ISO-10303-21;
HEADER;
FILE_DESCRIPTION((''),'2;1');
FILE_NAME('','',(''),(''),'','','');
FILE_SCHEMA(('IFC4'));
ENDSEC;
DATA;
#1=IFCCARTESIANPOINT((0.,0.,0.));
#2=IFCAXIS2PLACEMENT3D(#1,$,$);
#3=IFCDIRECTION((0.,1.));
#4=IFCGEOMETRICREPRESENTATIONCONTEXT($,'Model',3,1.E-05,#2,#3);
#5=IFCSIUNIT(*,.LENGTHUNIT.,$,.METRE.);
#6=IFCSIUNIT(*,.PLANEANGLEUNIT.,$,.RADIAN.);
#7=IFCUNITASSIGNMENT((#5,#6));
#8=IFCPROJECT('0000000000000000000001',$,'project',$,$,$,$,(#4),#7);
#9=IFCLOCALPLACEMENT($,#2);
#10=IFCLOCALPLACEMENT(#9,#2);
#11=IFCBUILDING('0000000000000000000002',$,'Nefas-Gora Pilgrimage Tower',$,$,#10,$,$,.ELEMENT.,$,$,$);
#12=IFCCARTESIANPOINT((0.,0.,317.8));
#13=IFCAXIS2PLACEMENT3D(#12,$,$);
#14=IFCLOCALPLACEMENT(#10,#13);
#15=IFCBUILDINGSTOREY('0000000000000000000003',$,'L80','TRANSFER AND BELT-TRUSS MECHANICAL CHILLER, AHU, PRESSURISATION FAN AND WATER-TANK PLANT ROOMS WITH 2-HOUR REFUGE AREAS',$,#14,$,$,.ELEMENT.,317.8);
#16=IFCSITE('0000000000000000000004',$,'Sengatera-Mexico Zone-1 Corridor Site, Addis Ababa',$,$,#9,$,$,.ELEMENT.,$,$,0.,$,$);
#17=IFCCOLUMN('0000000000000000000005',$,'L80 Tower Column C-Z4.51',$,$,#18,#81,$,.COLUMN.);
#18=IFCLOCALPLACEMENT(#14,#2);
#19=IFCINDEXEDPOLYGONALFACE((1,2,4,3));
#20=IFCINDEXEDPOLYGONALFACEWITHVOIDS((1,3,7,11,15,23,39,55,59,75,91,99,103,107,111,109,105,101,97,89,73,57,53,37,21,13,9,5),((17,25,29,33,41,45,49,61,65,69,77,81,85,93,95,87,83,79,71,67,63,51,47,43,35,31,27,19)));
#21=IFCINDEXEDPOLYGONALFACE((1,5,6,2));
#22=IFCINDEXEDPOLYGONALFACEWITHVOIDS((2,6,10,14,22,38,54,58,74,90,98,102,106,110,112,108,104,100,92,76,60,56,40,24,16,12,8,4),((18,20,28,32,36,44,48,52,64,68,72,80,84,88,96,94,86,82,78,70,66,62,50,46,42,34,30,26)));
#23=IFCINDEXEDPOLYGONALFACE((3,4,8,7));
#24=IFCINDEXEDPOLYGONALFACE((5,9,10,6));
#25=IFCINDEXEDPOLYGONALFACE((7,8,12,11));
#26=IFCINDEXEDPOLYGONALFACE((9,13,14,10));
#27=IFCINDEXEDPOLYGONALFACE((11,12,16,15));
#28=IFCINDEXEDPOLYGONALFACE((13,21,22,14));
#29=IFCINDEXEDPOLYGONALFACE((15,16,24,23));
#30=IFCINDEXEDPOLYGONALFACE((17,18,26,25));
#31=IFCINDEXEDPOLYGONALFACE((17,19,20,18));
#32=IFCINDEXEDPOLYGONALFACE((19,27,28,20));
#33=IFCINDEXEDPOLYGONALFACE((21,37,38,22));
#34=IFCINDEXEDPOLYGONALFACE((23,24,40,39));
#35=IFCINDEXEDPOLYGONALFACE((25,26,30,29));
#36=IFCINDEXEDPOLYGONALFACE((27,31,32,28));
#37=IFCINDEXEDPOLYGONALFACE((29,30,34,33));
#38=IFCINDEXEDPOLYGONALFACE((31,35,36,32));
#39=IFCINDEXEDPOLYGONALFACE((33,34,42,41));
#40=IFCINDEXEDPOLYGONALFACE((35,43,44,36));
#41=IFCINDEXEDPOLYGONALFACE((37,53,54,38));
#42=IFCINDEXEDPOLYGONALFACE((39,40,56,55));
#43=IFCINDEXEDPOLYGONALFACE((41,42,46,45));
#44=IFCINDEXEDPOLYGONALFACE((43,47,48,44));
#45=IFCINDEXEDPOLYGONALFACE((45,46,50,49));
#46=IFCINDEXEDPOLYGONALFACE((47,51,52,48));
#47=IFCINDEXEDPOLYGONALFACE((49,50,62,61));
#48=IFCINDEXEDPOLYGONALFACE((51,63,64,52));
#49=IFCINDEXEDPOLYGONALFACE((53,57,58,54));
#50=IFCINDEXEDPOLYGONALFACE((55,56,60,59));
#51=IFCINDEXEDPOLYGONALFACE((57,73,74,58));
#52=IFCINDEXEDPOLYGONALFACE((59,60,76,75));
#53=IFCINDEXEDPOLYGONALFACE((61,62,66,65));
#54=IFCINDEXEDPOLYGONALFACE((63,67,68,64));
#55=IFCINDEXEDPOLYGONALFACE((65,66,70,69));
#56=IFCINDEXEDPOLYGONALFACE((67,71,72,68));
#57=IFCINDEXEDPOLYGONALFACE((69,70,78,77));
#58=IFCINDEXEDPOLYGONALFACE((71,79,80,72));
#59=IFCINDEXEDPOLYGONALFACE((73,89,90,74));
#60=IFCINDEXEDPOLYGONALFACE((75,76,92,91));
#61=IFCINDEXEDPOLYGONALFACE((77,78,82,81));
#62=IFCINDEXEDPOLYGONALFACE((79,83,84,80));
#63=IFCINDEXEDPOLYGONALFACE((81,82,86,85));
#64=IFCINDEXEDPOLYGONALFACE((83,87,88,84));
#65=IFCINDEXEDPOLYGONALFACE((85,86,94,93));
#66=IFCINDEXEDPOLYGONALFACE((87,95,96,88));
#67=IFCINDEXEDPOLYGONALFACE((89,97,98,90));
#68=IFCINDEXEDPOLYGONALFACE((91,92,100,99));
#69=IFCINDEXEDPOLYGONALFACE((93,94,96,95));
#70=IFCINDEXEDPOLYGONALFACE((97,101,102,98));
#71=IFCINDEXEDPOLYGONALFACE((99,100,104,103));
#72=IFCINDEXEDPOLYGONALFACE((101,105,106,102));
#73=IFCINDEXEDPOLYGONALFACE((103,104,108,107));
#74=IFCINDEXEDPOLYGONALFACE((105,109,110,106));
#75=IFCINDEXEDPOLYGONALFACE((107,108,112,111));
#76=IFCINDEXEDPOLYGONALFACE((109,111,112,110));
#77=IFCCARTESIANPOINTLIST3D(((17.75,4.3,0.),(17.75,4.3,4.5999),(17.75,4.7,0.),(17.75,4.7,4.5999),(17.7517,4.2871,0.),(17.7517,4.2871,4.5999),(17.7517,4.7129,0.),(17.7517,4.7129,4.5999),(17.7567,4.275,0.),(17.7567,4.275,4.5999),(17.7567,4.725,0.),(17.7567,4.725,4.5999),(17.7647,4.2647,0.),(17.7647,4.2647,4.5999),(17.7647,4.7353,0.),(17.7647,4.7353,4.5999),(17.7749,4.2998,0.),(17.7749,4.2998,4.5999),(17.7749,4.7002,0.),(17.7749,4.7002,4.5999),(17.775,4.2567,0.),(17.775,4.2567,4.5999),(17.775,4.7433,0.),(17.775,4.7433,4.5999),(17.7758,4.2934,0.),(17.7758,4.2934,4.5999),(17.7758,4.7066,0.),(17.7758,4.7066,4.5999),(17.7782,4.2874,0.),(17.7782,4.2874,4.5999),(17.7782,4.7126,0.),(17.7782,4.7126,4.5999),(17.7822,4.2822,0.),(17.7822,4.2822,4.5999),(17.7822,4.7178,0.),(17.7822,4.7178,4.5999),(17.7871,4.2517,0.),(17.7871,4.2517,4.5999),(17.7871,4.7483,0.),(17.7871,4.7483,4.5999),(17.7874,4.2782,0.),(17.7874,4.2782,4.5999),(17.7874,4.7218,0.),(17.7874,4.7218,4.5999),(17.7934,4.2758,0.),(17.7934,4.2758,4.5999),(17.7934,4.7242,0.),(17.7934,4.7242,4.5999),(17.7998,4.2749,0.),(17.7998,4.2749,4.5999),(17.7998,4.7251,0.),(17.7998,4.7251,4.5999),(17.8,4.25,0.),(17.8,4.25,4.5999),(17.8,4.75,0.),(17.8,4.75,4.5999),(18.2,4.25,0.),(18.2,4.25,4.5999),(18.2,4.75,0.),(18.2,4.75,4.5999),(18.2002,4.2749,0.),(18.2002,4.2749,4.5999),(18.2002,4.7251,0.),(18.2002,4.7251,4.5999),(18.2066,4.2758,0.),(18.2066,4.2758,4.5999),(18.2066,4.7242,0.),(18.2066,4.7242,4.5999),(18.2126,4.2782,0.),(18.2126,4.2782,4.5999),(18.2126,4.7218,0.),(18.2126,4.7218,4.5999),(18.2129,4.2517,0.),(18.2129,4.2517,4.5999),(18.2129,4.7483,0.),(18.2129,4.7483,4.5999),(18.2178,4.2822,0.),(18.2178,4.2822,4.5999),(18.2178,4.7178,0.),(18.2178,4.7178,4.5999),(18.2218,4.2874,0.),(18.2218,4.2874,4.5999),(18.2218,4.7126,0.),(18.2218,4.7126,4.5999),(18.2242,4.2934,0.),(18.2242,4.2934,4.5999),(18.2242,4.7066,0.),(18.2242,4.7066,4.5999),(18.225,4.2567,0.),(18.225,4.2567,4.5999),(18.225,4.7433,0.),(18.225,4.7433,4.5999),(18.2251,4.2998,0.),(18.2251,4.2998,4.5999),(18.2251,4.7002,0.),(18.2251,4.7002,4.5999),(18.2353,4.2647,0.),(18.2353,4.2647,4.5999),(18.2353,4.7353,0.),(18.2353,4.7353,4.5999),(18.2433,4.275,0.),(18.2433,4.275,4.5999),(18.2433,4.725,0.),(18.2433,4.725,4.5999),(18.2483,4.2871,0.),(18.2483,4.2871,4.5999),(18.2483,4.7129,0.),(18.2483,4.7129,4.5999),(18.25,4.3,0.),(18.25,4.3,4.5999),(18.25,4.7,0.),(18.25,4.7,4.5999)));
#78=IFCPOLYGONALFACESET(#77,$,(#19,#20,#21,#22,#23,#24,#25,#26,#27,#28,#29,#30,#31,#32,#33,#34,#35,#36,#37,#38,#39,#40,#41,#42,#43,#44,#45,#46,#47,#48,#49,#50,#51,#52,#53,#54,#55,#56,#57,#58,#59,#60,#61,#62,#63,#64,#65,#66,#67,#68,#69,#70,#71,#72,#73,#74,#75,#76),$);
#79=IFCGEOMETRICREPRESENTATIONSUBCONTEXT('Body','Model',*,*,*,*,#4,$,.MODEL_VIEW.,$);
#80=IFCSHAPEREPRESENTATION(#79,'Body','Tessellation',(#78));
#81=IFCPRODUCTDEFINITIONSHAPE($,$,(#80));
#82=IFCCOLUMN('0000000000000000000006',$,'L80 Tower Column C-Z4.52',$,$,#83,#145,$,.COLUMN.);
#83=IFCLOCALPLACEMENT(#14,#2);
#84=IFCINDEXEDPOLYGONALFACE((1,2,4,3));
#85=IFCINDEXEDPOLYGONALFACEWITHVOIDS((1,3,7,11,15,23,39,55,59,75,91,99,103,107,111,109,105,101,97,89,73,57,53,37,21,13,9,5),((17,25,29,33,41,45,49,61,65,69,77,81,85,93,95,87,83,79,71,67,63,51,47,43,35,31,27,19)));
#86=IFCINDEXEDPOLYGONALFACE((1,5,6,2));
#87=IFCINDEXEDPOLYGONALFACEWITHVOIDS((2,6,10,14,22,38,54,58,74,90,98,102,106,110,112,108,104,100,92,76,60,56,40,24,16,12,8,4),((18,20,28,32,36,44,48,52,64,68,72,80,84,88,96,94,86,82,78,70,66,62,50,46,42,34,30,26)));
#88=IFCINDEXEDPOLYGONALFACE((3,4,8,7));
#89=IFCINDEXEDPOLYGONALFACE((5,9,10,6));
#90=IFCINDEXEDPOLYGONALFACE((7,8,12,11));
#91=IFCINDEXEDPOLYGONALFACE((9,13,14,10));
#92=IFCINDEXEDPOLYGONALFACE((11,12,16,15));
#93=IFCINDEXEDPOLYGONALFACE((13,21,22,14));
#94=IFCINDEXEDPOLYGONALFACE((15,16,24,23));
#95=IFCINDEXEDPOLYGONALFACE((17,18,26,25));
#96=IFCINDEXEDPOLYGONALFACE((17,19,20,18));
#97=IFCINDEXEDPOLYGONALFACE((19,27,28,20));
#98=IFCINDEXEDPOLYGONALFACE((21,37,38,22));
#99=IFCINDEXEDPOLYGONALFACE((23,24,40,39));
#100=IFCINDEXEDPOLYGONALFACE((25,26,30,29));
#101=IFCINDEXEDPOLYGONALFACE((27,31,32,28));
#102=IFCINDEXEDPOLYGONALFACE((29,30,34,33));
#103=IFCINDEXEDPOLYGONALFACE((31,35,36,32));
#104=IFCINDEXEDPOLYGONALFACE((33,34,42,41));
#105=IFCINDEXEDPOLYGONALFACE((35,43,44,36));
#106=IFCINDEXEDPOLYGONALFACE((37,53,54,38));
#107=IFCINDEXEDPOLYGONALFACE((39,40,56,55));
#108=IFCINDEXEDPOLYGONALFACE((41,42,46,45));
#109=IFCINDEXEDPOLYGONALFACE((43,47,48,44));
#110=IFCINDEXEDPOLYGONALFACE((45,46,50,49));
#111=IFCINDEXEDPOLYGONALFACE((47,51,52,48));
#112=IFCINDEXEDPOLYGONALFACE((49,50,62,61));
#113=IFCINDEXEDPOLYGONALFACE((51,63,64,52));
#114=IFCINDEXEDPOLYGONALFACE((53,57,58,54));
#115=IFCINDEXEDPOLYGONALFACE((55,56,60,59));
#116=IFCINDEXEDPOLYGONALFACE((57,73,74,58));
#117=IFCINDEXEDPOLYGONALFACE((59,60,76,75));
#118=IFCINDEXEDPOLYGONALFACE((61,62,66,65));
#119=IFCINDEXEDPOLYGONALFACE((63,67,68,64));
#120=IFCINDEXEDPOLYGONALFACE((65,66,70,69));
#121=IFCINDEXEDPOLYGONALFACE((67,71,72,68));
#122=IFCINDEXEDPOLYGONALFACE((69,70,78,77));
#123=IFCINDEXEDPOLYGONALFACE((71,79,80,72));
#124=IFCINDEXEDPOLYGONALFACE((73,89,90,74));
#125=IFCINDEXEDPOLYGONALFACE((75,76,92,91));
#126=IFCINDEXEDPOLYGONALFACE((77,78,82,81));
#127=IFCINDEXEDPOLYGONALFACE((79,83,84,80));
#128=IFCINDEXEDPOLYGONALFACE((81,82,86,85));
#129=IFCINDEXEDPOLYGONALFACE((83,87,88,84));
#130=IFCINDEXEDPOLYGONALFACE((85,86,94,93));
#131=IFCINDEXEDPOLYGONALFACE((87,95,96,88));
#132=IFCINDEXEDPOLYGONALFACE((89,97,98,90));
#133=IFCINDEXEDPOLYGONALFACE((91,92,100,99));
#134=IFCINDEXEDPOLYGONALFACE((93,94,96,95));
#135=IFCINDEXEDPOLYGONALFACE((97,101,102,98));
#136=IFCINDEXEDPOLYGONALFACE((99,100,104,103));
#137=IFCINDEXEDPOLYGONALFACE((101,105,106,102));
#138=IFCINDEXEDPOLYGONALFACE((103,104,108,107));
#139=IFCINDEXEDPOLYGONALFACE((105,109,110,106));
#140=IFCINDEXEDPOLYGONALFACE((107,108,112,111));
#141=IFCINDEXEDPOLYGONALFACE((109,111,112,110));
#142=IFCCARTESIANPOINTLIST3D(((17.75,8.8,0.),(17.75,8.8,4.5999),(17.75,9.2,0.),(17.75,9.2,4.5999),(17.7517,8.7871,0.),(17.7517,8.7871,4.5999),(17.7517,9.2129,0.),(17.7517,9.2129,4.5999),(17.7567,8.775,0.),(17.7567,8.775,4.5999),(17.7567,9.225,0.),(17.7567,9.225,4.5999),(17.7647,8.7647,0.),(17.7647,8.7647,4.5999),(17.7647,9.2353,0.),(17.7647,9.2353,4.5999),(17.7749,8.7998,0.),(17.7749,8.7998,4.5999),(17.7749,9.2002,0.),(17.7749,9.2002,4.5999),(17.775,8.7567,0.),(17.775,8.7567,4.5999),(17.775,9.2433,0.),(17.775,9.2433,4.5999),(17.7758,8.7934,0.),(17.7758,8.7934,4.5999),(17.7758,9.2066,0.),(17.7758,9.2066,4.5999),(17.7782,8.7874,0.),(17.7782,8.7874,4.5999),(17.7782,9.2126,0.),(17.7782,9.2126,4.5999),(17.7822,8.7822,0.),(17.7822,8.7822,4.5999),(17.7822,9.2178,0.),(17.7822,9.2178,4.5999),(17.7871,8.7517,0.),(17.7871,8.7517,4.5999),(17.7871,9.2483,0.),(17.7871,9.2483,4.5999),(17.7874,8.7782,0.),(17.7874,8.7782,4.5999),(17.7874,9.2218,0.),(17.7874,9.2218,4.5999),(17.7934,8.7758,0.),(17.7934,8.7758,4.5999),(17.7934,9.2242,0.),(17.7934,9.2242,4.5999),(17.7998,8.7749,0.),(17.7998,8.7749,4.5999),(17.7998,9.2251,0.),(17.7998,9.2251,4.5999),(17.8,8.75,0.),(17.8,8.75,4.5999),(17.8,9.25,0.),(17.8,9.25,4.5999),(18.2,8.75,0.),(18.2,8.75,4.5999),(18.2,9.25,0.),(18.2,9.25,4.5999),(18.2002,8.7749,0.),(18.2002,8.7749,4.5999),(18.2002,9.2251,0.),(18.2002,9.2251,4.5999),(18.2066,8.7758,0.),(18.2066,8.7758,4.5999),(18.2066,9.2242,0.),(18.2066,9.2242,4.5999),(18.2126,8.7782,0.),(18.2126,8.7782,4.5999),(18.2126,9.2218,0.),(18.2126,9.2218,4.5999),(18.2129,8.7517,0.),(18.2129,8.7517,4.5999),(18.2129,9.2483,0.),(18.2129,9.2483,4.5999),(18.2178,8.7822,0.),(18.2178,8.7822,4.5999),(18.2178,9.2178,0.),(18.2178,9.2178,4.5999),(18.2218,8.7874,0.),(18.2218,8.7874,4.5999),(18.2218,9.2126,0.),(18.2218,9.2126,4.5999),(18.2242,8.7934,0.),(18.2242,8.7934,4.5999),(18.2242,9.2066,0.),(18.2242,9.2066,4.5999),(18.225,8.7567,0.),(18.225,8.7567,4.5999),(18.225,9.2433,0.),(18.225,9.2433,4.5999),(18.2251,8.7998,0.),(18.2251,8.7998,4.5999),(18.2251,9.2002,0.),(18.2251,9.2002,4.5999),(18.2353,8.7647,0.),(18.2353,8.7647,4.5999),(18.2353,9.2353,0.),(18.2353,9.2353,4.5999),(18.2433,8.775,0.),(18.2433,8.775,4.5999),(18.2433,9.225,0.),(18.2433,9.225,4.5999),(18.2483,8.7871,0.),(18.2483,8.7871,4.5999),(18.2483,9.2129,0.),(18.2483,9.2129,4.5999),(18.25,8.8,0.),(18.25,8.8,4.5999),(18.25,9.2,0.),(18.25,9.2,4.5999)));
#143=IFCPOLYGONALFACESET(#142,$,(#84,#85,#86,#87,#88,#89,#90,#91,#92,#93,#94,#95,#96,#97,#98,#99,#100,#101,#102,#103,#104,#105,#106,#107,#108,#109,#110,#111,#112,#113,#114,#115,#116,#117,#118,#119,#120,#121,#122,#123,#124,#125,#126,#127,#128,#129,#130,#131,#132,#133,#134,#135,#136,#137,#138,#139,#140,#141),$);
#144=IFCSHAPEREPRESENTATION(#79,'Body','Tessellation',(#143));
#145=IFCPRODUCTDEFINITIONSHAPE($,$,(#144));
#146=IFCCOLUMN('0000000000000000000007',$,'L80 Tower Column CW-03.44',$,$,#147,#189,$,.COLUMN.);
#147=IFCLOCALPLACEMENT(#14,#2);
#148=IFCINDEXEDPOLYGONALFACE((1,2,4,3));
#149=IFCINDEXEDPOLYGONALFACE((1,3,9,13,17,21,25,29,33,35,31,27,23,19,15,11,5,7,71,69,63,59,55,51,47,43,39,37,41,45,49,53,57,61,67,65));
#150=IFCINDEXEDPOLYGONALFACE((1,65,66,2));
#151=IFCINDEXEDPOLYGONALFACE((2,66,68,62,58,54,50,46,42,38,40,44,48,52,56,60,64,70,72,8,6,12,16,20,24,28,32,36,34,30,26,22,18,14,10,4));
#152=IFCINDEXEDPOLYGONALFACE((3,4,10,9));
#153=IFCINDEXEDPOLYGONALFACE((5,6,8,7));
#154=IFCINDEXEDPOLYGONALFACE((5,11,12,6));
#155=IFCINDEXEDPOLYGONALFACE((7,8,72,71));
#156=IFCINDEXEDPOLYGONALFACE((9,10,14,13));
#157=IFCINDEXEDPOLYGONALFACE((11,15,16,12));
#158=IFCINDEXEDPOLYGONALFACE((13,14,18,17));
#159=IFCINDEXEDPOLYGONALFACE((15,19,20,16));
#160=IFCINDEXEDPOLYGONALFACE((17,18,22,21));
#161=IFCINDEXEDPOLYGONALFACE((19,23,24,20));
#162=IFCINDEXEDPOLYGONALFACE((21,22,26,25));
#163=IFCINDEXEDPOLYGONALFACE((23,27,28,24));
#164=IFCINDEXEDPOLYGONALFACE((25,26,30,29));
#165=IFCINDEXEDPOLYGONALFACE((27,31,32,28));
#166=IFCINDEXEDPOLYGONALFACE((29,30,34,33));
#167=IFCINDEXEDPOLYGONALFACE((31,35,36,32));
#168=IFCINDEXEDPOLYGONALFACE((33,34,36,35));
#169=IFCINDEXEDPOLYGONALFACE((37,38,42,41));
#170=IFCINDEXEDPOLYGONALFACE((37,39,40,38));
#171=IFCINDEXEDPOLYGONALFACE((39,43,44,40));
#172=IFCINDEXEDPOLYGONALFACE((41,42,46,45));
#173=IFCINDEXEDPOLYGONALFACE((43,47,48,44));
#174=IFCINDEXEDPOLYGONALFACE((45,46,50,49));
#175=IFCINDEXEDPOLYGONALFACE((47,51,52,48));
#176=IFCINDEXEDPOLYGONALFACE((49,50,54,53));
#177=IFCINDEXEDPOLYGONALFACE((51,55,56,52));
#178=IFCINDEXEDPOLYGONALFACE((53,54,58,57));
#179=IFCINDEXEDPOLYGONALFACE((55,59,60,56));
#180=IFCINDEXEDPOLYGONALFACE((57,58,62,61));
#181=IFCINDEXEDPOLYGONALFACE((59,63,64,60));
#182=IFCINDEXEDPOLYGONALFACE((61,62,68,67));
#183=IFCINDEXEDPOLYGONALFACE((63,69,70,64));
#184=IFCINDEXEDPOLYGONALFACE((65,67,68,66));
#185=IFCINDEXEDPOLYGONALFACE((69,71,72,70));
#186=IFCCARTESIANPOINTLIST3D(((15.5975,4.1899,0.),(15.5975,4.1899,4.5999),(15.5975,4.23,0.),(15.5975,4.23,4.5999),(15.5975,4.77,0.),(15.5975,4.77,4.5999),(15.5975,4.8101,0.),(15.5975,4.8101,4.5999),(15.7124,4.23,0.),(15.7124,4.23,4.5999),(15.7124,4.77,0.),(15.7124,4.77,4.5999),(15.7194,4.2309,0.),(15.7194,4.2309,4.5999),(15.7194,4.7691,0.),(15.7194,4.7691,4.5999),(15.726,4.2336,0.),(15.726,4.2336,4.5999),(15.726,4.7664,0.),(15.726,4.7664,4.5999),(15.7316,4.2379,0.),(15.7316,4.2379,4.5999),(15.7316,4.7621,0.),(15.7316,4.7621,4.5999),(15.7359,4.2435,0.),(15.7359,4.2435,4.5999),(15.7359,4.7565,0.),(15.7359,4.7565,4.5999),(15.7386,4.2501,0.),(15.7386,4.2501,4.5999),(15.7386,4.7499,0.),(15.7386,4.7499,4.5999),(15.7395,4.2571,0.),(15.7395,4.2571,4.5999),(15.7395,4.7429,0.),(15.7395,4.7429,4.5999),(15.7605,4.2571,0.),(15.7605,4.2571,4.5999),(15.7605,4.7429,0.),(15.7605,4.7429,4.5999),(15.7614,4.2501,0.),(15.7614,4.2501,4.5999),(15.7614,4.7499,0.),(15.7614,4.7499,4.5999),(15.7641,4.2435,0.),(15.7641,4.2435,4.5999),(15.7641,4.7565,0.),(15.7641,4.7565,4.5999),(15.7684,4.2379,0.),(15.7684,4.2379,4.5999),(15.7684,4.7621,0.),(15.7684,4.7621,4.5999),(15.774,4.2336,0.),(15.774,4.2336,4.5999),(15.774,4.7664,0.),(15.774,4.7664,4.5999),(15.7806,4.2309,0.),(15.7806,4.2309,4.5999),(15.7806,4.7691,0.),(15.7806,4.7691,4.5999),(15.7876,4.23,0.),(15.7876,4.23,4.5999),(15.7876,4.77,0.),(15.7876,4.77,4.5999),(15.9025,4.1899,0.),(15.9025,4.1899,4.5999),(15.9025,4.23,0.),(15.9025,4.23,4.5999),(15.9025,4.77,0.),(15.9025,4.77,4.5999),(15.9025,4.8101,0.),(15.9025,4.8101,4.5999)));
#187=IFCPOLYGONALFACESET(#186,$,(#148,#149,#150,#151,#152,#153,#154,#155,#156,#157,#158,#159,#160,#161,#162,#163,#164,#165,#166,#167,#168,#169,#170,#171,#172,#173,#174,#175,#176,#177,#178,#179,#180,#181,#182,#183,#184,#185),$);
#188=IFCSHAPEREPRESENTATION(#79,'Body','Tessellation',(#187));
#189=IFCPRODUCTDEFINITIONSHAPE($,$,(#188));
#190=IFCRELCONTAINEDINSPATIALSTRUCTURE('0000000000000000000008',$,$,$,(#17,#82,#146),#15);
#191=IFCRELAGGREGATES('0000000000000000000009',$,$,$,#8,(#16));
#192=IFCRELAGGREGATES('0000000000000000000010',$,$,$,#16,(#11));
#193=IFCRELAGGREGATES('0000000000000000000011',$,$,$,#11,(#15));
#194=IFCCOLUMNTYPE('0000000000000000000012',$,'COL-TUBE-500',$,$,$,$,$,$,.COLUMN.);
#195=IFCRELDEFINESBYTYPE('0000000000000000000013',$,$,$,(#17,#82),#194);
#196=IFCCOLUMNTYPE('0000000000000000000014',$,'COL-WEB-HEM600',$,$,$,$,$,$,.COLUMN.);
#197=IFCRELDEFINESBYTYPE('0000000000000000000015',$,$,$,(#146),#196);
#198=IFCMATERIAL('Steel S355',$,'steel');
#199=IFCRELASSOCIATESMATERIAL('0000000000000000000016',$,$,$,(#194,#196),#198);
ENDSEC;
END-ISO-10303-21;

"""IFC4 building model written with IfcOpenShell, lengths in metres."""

from ifc_helpers import new_model, si_unit, direction, frame, origin, origin_2d, place, context, subcontext, project, spatial, hollow_rectangle, i_section, extrude, source, transform, mapped, material, material_profile, profile_set, type_object, element, save


model = new_model("IFC4")

# Units and contexts
model_context = context("Model", 3, precision=1e-05, world=origin(), true_north=direction((0.0, 1.0)))
body_context = subcontext(model_context, "Body", "Model", "MODEL_VIEW")
ifc_project = project(units=[si_unit("LENGTHUNIT", "METRE"), si_unit("PLANEANGLEUNIT", "RADIAN")], contexts=[model_context])

# Site, building, storey
site_placement = place(None, origin())
site = spatial("IfcSite", under=ifc_project, at=site_placement, Name="Sengatera-Mexico Zone-1 Corridor Site, Addis Ababa", CompositionType="ELEMENT", RefElevation=0.0)
building_placement = place(site_placement, origin())
building = spatial("IfcBuilding", under=site, at=building_placement, Name="Nefas-Gora Pilgrimage Tower", CompositionType="ELEMENT")
storey_placement = place(building_placement, frame((0.0, 0.0, 317.8)))
storey = spatial("IfcBuildingStorey", under=building, at=storey_placement, Name="L80", Description="TRANSFER AND BELT-TRUSS MECHANICAL CHILLER, AHU, PRESSURISATION FAN AND WATER-TANK PLANT ROOMS WITH 2-HOUR REFUGE AREAS", CompositionType="ELEMENT", Elevation=317.8)

# Columns
ifc_material_1 = material(Name="Steel S355", Category="steel")
ifc_material_profile_1 = material_profile(ifc_material_1, hollow_rectangle(XDim=0.5, YDim=0.5, WallThickness=0.0249, InnerFilletRadius=0.0249, OuterFilletRadius=0.05, at=origin_2d()), Name="SHS 500x500x25")
ifc_profile_set_1 = profile_set([ifc_material_profile_1], Name="Steel S355")
column_type_1 = type_object("IfcColumnType", Name="COL-TUBE-500", PredefinedType="COLUMN", material=ifc_profile_set_1)
shared_shape_1 = source(origin(), body_context, "Body", "SweptSolid", [
    extrude(hollow_rectangle(XDim=0.5, YDim=0.5, WallThickness=0.0249, InnerFilletRadius=0.0249, OuterFilletRadius=0.05, at=origin_2d()), origin(), (0.0, 0.0, 1.0), 4.5999),
])
for number, where, z_axis, x_axis, name in (
    (1, (18.0, 4.5, 0.0), (0.0, 0.0, 1.0), (1.0, 0.0, 0.0), "L80 Tower Column C-Z4.51"),
    (2, (18.0, 9.0, 0.0), (0.0, 0.0, 1.0), (1.0, 0.0, 0.0), "L80 Tower Column C-Z4.52"),
):
    element("IfcColumn", number, at=place(storey_placement, frame(where, z_axis=z_axis, x_axis=x_axis)), inside=storey, type_object=column_type_1, Name=name, PredefinedType="COLUMN", context=body_context, shape_type="MappedRepresentation", body=[
        mapped(shared_shape_1, transform((0.0, 0.0, 0.0), x_axis=(1.0, 0.0, 0.0), y_axis=(0.0, 1.0, 0.0), z_axis=(0.0, 0.0, 1.0), scale=1.0)),
    ])
ifc_material_profile_2 = material_profile(ifc_material_1, i_section(OverallWidth=0.3049, OverallDepth=0.6201, WebThickness=0.021, FlangeThickness=0.04, FilletRadius=0.0271, at=origin_2d()), Name="HEM 600")
ifc_profile_set_2 = profile_set([ifc_material_profile_2], Name="Steel S355")
column_type_2 = type_object("IfcColumnType", Name="COL-WEB-HEM600", PredefinedType="COLUMN", material=ifc_profile_set_2)
shared_shape_2 = source(origin(), body_context, "Body", "SweptSolid", [
    extrude(i_section(OverallWidth=0.3049, OverallDepth=0.6201, WebThickness=0.021, FlangeThickness=0.04, FilletRadius=0.0271, at=origin_2d()), origin(), (0.0, 0.0, 1.0), 4.5999),
])
for number, where, z_axis, x_axis, name in (
    (3, (15.75, 4.5, 0.0), (0.0, 0.0, 1.0), (1.0, 0.0, 0.0), "L80 Tower Column CW-03.44"),
):
    element("IfcColumn", number, at=place(storey_placement, frame(where, z_axis=z_axis, x_axis=x_axis)), inside=storey, type_object=column_type_2, Name=name, PredefinedType="COLUMN", context=body_context, shape_type="MappedRepresentation", body=[
        mapped(shared_shape_2, transform((0.0, 0.0, 0.0), x_axis=(1.0, 0.0, 0.0), y_axis=(0.0, 1.0, 0.0), z_axis=(0.0, 0.0, 1.0), scale=1.0)),
    ])

save(model, "model.ifc")
